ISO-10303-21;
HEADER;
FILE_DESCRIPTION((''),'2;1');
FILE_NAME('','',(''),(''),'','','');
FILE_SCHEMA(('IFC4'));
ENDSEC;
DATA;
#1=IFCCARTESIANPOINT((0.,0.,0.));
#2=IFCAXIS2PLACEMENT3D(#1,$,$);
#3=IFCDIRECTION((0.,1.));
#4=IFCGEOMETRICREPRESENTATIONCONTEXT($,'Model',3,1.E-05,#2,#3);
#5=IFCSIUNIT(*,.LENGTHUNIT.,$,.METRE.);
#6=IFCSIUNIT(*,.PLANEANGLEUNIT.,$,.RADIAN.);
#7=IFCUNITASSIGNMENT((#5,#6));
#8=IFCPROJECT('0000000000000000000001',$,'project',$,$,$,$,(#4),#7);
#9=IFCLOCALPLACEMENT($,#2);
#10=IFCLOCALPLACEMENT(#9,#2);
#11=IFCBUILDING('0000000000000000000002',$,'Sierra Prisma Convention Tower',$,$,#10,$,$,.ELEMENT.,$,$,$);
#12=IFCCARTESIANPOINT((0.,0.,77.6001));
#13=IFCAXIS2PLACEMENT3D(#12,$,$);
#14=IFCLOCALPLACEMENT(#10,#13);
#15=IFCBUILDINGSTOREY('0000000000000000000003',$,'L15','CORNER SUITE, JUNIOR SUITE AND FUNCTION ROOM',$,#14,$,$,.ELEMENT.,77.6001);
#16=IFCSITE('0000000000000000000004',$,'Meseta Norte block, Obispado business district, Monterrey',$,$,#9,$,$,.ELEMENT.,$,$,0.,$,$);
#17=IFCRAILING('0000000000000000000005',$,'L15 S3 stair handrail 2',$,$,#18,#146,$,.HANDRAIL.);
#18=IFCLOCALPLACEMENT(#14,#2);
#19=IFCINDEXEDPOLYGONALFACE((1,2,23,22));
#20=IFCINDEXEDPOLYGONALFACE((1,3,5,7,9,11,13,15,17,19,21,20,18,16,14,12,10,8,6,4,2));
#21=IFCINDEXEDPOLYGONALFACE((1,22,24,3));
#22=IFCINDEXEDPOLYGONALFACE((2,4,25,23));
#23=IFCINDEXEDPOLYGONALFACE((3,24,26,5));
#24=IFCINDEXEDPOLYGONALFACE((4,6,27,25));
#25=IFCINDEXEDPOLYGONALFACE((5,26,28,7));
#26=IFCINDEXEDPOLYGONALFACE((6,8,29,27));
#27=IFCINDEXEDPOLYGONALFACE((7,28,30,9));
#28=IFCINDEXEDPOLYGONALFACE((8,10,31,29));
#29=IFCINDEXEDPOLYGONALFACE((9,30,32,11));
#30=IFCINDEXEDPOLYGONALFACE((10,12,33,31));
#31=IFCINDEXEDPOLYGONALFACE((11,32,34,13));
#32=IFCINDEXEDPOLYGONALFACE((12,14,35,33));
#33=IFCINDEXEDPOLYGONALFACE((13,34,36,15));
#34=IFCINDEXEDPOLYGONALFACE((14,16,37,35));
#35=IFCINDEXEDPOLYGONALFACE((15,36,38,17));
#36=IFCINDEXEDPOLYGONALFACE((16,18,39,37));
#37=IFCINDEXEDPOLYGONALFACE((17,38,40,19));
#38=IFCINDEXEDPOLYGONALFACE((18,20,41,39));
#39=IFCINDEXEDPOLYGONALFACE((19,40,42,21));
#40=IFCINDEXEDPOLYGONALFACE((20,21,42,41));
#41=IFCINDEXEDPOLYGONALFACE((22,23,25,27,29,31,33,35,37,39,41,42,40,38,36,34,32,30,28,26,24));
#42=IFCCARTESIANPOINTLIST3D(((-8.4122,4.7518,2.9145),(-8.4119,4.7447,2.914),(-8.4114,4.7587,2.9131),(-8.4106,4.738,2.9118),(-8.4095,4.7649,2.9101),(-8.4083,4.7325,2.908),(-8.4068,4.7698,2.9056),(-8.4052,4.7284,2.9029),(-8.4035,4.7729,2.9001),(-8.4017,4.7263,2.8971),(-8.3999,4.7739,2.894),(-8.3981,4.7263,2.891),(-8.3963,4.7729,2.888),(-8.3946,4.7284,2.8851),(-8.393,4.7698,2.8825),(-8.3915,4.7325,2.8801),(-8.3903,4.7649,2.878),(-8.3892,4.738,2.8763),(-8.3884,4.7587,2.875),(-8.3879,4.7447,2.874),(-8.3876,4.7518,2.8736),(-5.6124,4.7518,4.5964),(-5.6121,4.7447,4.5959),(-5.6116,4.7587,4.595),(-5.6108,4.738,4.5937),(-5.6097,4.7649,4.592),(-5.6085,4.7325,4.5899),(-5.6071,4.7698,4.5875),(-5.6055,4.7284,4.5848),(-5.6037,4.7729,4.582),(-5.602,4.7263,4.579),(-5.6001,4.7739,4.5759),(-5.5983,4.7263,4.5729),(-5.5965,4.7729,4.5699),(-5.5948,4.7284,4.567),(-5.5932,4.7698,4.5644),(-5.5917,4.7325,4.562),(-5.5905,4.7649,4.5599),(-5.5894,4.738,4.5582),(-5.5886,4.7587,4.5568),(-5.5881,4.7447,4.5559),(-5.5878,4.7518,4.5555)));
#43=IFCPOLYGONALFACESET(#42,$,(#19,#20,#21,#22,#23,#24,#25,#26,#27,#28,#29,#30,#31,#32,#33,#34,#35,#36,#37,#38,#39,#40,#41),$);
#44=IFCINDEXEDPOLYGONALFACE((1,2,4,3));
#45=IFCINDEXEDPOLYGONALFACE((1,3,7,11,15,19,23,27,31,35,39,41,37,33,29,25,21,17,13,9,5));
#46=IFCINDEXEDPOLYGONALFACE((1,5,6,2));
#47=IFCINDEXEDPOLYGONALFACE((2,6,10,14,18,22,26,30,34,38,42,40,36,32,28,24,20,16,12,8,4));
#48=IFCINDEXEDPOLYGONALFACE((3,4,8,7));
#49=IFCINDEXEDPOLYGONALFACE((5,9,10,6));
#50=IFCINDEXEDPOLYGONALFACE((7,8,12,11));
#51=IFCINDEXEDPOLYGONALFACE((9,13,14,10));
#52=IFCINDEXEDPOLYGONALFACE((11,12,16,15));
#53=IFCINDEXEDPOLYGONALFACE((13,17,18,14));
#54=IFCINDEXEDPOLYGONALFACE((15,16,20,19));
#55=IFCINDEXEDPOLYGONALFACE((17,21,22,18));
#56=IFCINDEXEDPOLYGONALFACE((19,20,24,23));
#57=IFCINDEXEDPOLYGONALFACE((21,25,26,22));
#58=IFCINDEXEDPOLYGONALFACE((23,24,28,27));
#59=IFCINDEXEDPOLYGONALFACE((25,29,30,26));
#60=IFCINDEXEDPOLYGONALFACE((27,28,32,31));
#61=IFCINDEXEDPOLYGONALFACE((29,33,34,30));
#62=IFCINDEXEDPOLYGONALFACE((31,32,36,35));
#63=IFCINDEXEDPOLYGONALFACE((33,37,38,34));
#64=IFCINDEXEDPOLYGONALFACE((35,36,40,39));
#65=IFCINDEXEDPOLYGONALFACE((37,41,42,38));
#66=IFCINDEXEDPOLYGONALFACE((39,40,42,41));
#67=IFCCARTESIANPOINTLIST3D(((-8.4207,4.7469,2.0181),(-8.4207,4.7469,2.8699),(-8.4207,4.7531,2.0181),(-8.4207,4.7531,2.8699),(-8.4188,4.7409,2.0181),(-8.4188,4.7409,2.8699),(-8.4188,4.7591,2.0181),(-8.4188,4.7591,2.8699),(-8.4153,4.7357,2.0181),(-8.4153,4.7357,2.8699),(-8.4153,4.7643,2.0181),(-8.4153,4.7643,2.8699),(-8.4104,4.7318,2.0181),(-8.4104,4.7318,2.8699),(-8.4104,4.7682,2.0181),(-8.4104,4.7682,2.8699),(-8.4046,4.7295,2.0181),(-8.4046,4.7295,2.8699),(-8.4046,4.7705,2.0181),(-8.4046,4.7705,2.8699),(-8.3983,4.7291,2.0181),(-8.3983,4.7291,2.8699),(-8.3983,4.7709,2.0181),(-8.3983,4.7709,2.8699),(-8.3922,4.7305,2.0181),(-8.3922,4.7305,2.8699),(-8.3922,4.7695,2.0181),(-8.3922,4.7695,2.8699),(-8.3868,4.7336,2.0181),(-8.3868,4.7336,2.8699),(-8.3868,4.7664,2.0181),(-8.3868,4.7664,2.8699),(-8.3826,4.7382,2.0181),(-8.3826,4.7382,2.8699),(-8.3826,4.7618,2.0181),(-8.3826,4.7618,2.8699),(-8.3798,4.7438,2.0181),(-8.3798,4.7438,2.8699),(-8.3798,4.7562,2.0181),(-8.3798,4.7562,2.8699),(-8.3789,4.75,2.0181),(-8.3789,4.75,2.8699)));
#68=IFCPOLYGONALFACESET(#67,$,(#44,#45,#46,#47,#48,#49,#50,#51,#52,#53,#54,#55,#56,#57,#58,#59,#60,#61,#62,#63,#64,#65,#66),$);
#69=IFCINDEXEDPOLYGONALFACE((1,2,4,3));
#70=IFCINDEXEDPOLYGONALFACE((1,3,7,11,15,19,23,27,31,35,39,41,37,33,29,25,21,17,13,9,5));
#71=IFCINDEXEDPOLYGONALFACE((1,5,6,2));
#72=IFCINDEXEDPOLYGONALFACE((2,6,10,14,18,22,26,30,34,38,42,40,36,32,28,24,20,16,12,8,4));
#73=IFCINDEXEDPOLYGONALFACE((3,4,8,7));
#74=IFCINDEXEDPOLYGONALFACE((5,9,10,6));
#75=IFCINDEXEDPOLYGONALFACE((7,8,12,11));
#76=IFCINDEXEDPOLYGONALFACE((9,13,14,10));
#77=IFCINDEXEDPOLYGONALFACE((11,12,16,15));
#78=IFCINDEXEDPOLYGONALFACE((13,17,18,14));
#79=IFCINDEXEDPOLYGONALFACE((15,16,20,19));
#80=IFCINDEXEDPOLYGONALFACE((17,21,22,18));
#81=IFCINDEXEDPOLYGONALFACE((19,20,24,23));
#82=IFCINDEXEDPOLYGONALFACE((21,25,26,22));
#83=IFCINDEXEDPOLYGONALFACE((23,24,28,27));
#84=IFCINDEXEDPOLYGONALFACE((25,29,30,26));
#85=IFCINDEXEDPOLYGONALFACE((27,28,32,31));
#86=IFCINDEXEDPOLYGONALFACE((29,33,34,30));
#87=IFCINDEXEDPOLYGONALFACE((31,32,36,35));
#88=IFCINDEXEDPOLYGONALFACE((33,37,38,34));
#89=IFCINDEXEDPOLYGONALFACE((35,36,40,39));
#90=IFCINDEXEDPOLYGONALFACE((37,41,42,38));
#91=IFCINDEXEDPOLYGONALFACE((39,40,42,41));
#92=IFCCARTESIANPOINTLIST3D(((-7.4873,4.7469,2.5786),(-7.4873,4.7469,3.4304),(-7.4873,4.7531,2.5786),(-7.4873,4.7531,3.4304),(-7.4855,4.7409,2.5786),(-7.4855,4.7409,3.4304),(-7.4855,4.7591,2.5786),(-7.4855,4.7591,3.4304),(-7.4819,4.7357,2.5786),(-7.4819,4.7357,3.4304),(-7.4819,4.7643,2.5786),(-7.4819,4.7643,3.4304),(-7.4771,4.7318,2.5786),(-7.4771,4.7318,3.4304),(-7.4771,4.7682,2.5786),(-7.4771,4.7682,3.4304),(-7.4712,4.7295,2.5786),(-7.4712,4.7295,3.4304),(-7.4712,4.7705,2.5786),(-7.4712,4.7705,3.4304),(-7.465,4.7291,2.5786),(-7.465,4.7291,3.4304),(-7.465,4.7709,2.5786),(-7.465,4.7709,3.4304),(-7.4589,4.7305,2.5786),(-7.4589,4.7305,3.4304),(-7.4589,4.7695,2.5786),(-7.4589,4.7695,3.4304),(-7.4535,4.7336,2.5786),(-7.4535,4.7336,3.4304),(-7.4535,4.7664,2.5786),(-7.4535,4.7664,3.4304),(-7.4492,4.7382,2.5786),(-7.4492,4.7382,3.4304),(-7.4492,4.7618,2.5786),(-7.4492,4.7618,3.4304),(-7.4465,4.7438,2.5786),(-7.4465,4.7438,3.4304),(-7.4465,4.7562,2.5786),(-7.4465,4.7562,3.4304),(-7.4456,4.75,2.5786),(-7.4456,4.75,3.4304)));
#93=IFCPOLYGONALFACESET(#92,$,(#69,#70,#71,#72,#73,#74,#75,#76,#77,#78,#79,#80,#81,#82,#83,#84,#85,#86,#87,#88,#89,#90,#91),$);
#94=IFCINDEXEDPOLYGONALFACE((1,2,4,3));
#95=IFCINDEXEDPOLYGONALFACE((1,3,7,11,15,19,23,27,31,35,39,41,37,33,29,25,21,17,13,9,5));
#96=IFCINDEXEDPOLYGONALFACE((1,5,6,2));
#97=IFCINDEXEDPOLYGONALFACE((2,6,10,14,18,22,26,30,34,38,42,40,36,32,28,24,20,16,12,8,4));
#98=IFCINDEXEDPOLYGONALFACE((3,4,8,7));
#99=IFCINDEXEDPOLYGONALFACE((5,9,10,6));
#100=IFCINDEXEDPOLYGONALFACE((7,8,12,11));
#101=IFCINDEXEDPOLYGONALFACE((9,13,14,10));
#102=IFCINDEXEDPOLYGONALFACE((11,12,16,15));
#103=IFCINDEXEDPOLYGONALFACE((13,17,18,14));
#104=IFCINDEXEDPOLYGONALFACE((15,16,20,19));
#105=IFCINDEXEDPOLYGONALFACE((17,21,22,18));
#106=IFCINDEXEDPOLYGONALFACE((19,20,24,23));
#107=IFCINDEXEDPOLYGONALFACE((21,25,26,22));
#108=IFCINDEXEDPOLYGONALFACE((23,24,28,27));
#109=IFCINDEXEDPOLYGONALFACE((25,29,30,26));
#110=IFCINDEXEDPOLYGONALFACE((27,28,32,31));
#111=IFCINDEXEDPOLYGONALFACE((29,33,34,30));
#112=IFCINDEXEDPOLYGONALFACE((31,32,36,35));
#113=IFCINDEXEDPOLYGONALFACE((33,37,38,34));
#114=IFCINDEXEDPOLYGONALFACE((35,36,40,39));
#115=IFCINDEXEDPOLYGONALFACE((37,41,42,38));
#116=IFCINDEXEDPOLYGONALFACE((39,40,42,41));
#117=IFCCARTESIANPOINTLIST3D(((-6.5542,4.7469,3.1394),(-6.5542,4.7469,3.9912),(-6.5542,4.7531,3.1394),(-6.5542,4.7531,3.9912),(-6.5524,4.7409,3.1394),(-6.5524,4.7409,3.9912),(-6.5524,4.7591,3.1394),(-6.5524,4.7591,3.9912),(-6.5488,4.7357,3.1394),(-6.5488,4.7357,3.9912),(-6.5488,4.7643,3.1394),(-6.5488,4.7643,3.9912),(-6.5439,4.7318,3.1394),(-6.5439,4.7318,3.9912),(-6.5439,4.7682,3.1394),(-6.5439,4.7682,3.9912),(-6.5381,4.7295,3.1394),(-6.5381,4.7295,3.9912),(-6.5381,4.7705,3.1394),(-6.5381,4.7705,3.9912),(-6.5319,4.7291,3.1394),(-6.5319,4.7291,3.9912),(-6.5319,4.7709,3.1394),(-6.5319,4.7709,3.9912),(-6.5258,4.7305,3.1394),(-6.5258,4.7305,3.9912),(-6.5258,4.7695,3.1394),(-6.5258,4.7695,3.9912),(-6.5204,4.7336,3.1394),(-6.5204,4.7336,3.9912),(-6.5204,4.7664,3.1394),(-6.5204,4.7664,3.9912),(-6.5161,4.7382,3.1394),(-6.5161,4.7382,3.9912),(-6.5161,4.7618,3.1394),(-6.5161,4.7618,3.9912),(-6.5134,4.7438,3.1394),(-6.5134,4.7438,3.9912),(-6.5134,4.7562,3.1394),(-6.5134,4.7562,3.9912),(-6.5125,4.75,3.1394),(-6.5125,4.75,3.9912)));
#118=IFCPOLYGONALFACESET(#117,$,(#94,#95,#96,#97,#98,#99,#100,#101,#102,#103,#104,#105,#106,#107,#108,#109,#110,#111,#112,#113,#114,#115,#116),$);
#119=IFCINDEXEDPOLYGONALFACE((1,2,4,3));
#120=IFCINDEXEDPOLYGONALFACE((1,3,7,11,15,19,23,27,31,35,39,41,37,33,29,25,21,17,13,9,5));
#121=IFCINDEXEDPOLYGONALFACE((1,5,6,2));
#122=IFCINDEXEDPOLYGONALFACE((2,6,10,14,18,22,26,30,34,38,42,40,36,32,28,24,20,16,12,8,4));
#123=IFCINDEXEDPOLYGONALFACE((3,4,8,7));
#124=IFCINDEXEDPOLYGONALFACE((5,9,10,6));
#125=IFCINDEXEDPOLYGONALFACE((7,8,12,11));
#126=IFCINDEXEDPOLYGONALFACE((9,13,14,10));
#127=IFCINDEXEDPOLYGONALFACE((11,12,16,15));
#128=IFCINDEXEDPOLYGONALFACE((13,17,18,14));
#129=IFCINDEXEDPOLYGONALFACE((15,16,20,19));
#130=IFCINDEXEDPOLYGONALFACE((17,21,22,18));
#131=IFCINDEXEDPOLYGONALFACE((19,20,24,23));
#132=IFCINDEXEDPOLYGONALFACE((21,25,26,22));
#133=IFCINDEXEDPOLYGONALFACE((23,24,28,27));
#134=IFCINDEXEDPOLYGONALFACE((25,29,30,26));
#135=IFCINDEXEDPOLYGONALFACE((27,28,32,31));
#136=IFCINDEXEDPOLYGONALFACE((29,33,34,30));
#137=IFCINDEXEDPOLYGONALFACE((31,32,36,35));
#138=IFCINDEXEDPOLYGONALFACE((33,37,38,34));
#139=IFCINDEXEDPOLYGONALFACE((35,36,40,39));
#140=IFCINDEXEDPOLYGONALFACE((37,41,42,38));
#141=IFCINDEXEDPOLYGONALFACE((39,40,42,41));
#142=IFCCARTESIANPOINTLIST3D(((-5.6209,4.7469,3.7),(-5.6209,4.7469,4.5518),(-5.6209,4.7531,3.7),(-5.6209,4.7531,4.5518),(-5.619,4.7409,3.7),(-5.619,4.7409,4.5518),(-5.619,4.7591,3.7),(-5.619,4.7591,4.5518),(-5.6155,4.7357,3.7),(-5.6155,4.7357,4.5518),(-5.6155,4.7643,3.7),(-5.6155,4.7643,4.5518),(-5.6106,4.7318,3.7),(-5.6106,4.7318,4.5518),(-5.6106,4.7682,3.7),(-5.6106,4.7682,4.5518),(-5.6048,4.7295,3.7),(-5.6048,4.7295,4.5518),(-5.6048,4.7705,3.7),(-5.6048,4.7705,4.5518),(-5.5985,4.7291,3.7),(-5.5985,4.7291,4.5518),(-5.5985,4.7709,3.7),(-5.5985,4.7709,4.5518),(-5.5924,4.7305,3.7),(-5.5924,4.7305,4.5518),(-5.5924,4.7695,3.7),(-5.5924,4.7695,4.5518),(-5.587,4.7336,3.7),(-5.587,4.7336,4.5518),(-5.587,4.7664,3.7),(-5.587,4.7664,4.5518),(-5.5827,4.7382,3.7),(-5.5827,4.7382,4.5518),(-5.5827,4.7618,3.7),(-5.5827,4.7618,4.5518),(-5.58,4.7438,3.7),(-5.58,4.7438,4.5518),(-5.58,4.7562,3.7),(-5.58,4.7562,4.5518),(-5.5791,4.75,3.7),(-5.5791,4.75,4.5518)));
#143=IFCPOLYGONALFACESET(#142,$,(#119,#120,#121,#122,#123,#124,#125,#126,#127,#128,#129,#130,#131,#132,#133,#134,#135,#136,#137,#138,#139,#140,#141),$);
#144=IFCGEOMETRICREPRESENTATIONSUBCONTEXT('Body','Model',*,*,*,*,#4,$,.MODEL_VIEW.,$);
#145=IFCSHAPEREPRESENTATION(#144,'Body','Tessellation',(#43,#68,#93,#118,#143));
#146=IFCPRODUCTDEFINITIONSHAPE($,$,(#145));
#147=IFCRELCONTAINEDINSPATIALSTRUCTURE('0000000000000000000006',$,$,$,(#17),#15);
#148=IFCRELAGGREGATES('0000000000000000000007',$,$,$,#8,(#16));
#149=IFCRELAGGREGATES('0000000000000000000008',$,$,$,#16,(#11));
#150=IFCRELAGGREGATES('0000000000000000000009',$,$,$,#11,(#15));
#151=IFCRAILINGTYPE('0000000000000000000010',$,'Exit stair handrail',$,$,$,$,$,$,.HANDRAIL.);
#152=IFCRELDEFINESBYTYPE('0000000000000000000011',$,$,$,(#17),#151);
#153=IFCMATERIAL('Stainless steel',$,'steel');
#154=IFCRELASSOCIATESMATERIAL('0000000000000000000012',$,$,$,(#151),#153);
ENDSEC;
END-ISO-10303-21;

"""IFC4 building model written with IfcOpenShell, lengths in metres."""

from ifc_helpers import new_model, si_unit, direction, frame, origin, origin_2d, place, context, subcontext, project, spatial, circle, extrude, material, type_object, element, save


model = new_model("IFC4")

# Units and contexts
model_context = context("Model", 3, precision=1e-05, world=origin(), true_north=direction((0.0, 1.0)))
body_context = subcontext(model_context, "Body", "Model", "MODEL_VIEW")
ifc_project = project(units=[si_unit("LENGTHUNIT", "METRE"), si_unit("PLANEANGLEUNIT", "RADIAN")], contexts=[model_context])

# Site, building, storey
site_placement = place(None, origin())
site = spatial("IfcSite", under=ifc_project, at=site_placement, Name="Meseta Norte block, Obispado business district, Monterrey", CompositionType="ELEMENT", RefElevation=0.0)
building_placement = place(site_placement, origin())
building = spatial("IfcBuilding", under=site, at=building_placement, Name="Sierra Prisma Convention Tower", CompositionType="ELEMENT")
storey_placement = place(building_placement, frame((0.0, 0.0, 77.6001)))
storey = spatial("IfcBuildingStorey", under=building, at=storey_placement, Name="L15", Description="CORNER SUITE, JUNIOR SUITE AND FUNCTION ROOM", CompositionType="ELEMENT", Elevation=77.6001)

# Railing
ifc_material_1 = material(Name="Stainless steel", Category="steel")
railing_type_1 = type_object("IfcRailingType", Name="Exit stair handrail", PredefinedType="HANDRAIL", material=ifc_material_1)
railing_1_placement = place(storey_placement, frame((-8.3999, 4.75, 2.0181)))
element("IfcRailing", 1, at=railing_1_placement, inside=storey, type_object=railing_type_1, Name="L15 S3 stair handrail 2", PredefinedType="HANDRAIL", context=body_context, shape_type="SweptSolid", body=[
    extrude(circle(Radius=0.0239, at=origin_2d()), frame((0.0, 0.0, 0.876), z_axis=(0.857222, 0.0, 0.514946), x_axis=(0.0, 1.0, 0.0)), (0.0, 0.0, 1.0), 3.2661),
    extrude(circle(Radius=0.021, at=origin_2d()), origin(), (0.0, 0.0, 1.0), 0.8518),
    extrude(circle(Radius=0.021, at=origin_2d()), frame((0.9333, 0.0, 0.5605)), (0.0, 0.0, 1.0), 0.8518),
    extrude(circle(Radius=0.021, at=origin_2d()), frame((1.8665, 0.0, 1.1213)), (0.0, 0.0, 1.0), 0.8518),
    extrude(circle(Radius=0.021, at=origin_2d()), frame((2.7998, 0.0, 1.6819)), (0.0, 0.0, 1.0), 0.8518),
])

save(model, "model.ifc")
